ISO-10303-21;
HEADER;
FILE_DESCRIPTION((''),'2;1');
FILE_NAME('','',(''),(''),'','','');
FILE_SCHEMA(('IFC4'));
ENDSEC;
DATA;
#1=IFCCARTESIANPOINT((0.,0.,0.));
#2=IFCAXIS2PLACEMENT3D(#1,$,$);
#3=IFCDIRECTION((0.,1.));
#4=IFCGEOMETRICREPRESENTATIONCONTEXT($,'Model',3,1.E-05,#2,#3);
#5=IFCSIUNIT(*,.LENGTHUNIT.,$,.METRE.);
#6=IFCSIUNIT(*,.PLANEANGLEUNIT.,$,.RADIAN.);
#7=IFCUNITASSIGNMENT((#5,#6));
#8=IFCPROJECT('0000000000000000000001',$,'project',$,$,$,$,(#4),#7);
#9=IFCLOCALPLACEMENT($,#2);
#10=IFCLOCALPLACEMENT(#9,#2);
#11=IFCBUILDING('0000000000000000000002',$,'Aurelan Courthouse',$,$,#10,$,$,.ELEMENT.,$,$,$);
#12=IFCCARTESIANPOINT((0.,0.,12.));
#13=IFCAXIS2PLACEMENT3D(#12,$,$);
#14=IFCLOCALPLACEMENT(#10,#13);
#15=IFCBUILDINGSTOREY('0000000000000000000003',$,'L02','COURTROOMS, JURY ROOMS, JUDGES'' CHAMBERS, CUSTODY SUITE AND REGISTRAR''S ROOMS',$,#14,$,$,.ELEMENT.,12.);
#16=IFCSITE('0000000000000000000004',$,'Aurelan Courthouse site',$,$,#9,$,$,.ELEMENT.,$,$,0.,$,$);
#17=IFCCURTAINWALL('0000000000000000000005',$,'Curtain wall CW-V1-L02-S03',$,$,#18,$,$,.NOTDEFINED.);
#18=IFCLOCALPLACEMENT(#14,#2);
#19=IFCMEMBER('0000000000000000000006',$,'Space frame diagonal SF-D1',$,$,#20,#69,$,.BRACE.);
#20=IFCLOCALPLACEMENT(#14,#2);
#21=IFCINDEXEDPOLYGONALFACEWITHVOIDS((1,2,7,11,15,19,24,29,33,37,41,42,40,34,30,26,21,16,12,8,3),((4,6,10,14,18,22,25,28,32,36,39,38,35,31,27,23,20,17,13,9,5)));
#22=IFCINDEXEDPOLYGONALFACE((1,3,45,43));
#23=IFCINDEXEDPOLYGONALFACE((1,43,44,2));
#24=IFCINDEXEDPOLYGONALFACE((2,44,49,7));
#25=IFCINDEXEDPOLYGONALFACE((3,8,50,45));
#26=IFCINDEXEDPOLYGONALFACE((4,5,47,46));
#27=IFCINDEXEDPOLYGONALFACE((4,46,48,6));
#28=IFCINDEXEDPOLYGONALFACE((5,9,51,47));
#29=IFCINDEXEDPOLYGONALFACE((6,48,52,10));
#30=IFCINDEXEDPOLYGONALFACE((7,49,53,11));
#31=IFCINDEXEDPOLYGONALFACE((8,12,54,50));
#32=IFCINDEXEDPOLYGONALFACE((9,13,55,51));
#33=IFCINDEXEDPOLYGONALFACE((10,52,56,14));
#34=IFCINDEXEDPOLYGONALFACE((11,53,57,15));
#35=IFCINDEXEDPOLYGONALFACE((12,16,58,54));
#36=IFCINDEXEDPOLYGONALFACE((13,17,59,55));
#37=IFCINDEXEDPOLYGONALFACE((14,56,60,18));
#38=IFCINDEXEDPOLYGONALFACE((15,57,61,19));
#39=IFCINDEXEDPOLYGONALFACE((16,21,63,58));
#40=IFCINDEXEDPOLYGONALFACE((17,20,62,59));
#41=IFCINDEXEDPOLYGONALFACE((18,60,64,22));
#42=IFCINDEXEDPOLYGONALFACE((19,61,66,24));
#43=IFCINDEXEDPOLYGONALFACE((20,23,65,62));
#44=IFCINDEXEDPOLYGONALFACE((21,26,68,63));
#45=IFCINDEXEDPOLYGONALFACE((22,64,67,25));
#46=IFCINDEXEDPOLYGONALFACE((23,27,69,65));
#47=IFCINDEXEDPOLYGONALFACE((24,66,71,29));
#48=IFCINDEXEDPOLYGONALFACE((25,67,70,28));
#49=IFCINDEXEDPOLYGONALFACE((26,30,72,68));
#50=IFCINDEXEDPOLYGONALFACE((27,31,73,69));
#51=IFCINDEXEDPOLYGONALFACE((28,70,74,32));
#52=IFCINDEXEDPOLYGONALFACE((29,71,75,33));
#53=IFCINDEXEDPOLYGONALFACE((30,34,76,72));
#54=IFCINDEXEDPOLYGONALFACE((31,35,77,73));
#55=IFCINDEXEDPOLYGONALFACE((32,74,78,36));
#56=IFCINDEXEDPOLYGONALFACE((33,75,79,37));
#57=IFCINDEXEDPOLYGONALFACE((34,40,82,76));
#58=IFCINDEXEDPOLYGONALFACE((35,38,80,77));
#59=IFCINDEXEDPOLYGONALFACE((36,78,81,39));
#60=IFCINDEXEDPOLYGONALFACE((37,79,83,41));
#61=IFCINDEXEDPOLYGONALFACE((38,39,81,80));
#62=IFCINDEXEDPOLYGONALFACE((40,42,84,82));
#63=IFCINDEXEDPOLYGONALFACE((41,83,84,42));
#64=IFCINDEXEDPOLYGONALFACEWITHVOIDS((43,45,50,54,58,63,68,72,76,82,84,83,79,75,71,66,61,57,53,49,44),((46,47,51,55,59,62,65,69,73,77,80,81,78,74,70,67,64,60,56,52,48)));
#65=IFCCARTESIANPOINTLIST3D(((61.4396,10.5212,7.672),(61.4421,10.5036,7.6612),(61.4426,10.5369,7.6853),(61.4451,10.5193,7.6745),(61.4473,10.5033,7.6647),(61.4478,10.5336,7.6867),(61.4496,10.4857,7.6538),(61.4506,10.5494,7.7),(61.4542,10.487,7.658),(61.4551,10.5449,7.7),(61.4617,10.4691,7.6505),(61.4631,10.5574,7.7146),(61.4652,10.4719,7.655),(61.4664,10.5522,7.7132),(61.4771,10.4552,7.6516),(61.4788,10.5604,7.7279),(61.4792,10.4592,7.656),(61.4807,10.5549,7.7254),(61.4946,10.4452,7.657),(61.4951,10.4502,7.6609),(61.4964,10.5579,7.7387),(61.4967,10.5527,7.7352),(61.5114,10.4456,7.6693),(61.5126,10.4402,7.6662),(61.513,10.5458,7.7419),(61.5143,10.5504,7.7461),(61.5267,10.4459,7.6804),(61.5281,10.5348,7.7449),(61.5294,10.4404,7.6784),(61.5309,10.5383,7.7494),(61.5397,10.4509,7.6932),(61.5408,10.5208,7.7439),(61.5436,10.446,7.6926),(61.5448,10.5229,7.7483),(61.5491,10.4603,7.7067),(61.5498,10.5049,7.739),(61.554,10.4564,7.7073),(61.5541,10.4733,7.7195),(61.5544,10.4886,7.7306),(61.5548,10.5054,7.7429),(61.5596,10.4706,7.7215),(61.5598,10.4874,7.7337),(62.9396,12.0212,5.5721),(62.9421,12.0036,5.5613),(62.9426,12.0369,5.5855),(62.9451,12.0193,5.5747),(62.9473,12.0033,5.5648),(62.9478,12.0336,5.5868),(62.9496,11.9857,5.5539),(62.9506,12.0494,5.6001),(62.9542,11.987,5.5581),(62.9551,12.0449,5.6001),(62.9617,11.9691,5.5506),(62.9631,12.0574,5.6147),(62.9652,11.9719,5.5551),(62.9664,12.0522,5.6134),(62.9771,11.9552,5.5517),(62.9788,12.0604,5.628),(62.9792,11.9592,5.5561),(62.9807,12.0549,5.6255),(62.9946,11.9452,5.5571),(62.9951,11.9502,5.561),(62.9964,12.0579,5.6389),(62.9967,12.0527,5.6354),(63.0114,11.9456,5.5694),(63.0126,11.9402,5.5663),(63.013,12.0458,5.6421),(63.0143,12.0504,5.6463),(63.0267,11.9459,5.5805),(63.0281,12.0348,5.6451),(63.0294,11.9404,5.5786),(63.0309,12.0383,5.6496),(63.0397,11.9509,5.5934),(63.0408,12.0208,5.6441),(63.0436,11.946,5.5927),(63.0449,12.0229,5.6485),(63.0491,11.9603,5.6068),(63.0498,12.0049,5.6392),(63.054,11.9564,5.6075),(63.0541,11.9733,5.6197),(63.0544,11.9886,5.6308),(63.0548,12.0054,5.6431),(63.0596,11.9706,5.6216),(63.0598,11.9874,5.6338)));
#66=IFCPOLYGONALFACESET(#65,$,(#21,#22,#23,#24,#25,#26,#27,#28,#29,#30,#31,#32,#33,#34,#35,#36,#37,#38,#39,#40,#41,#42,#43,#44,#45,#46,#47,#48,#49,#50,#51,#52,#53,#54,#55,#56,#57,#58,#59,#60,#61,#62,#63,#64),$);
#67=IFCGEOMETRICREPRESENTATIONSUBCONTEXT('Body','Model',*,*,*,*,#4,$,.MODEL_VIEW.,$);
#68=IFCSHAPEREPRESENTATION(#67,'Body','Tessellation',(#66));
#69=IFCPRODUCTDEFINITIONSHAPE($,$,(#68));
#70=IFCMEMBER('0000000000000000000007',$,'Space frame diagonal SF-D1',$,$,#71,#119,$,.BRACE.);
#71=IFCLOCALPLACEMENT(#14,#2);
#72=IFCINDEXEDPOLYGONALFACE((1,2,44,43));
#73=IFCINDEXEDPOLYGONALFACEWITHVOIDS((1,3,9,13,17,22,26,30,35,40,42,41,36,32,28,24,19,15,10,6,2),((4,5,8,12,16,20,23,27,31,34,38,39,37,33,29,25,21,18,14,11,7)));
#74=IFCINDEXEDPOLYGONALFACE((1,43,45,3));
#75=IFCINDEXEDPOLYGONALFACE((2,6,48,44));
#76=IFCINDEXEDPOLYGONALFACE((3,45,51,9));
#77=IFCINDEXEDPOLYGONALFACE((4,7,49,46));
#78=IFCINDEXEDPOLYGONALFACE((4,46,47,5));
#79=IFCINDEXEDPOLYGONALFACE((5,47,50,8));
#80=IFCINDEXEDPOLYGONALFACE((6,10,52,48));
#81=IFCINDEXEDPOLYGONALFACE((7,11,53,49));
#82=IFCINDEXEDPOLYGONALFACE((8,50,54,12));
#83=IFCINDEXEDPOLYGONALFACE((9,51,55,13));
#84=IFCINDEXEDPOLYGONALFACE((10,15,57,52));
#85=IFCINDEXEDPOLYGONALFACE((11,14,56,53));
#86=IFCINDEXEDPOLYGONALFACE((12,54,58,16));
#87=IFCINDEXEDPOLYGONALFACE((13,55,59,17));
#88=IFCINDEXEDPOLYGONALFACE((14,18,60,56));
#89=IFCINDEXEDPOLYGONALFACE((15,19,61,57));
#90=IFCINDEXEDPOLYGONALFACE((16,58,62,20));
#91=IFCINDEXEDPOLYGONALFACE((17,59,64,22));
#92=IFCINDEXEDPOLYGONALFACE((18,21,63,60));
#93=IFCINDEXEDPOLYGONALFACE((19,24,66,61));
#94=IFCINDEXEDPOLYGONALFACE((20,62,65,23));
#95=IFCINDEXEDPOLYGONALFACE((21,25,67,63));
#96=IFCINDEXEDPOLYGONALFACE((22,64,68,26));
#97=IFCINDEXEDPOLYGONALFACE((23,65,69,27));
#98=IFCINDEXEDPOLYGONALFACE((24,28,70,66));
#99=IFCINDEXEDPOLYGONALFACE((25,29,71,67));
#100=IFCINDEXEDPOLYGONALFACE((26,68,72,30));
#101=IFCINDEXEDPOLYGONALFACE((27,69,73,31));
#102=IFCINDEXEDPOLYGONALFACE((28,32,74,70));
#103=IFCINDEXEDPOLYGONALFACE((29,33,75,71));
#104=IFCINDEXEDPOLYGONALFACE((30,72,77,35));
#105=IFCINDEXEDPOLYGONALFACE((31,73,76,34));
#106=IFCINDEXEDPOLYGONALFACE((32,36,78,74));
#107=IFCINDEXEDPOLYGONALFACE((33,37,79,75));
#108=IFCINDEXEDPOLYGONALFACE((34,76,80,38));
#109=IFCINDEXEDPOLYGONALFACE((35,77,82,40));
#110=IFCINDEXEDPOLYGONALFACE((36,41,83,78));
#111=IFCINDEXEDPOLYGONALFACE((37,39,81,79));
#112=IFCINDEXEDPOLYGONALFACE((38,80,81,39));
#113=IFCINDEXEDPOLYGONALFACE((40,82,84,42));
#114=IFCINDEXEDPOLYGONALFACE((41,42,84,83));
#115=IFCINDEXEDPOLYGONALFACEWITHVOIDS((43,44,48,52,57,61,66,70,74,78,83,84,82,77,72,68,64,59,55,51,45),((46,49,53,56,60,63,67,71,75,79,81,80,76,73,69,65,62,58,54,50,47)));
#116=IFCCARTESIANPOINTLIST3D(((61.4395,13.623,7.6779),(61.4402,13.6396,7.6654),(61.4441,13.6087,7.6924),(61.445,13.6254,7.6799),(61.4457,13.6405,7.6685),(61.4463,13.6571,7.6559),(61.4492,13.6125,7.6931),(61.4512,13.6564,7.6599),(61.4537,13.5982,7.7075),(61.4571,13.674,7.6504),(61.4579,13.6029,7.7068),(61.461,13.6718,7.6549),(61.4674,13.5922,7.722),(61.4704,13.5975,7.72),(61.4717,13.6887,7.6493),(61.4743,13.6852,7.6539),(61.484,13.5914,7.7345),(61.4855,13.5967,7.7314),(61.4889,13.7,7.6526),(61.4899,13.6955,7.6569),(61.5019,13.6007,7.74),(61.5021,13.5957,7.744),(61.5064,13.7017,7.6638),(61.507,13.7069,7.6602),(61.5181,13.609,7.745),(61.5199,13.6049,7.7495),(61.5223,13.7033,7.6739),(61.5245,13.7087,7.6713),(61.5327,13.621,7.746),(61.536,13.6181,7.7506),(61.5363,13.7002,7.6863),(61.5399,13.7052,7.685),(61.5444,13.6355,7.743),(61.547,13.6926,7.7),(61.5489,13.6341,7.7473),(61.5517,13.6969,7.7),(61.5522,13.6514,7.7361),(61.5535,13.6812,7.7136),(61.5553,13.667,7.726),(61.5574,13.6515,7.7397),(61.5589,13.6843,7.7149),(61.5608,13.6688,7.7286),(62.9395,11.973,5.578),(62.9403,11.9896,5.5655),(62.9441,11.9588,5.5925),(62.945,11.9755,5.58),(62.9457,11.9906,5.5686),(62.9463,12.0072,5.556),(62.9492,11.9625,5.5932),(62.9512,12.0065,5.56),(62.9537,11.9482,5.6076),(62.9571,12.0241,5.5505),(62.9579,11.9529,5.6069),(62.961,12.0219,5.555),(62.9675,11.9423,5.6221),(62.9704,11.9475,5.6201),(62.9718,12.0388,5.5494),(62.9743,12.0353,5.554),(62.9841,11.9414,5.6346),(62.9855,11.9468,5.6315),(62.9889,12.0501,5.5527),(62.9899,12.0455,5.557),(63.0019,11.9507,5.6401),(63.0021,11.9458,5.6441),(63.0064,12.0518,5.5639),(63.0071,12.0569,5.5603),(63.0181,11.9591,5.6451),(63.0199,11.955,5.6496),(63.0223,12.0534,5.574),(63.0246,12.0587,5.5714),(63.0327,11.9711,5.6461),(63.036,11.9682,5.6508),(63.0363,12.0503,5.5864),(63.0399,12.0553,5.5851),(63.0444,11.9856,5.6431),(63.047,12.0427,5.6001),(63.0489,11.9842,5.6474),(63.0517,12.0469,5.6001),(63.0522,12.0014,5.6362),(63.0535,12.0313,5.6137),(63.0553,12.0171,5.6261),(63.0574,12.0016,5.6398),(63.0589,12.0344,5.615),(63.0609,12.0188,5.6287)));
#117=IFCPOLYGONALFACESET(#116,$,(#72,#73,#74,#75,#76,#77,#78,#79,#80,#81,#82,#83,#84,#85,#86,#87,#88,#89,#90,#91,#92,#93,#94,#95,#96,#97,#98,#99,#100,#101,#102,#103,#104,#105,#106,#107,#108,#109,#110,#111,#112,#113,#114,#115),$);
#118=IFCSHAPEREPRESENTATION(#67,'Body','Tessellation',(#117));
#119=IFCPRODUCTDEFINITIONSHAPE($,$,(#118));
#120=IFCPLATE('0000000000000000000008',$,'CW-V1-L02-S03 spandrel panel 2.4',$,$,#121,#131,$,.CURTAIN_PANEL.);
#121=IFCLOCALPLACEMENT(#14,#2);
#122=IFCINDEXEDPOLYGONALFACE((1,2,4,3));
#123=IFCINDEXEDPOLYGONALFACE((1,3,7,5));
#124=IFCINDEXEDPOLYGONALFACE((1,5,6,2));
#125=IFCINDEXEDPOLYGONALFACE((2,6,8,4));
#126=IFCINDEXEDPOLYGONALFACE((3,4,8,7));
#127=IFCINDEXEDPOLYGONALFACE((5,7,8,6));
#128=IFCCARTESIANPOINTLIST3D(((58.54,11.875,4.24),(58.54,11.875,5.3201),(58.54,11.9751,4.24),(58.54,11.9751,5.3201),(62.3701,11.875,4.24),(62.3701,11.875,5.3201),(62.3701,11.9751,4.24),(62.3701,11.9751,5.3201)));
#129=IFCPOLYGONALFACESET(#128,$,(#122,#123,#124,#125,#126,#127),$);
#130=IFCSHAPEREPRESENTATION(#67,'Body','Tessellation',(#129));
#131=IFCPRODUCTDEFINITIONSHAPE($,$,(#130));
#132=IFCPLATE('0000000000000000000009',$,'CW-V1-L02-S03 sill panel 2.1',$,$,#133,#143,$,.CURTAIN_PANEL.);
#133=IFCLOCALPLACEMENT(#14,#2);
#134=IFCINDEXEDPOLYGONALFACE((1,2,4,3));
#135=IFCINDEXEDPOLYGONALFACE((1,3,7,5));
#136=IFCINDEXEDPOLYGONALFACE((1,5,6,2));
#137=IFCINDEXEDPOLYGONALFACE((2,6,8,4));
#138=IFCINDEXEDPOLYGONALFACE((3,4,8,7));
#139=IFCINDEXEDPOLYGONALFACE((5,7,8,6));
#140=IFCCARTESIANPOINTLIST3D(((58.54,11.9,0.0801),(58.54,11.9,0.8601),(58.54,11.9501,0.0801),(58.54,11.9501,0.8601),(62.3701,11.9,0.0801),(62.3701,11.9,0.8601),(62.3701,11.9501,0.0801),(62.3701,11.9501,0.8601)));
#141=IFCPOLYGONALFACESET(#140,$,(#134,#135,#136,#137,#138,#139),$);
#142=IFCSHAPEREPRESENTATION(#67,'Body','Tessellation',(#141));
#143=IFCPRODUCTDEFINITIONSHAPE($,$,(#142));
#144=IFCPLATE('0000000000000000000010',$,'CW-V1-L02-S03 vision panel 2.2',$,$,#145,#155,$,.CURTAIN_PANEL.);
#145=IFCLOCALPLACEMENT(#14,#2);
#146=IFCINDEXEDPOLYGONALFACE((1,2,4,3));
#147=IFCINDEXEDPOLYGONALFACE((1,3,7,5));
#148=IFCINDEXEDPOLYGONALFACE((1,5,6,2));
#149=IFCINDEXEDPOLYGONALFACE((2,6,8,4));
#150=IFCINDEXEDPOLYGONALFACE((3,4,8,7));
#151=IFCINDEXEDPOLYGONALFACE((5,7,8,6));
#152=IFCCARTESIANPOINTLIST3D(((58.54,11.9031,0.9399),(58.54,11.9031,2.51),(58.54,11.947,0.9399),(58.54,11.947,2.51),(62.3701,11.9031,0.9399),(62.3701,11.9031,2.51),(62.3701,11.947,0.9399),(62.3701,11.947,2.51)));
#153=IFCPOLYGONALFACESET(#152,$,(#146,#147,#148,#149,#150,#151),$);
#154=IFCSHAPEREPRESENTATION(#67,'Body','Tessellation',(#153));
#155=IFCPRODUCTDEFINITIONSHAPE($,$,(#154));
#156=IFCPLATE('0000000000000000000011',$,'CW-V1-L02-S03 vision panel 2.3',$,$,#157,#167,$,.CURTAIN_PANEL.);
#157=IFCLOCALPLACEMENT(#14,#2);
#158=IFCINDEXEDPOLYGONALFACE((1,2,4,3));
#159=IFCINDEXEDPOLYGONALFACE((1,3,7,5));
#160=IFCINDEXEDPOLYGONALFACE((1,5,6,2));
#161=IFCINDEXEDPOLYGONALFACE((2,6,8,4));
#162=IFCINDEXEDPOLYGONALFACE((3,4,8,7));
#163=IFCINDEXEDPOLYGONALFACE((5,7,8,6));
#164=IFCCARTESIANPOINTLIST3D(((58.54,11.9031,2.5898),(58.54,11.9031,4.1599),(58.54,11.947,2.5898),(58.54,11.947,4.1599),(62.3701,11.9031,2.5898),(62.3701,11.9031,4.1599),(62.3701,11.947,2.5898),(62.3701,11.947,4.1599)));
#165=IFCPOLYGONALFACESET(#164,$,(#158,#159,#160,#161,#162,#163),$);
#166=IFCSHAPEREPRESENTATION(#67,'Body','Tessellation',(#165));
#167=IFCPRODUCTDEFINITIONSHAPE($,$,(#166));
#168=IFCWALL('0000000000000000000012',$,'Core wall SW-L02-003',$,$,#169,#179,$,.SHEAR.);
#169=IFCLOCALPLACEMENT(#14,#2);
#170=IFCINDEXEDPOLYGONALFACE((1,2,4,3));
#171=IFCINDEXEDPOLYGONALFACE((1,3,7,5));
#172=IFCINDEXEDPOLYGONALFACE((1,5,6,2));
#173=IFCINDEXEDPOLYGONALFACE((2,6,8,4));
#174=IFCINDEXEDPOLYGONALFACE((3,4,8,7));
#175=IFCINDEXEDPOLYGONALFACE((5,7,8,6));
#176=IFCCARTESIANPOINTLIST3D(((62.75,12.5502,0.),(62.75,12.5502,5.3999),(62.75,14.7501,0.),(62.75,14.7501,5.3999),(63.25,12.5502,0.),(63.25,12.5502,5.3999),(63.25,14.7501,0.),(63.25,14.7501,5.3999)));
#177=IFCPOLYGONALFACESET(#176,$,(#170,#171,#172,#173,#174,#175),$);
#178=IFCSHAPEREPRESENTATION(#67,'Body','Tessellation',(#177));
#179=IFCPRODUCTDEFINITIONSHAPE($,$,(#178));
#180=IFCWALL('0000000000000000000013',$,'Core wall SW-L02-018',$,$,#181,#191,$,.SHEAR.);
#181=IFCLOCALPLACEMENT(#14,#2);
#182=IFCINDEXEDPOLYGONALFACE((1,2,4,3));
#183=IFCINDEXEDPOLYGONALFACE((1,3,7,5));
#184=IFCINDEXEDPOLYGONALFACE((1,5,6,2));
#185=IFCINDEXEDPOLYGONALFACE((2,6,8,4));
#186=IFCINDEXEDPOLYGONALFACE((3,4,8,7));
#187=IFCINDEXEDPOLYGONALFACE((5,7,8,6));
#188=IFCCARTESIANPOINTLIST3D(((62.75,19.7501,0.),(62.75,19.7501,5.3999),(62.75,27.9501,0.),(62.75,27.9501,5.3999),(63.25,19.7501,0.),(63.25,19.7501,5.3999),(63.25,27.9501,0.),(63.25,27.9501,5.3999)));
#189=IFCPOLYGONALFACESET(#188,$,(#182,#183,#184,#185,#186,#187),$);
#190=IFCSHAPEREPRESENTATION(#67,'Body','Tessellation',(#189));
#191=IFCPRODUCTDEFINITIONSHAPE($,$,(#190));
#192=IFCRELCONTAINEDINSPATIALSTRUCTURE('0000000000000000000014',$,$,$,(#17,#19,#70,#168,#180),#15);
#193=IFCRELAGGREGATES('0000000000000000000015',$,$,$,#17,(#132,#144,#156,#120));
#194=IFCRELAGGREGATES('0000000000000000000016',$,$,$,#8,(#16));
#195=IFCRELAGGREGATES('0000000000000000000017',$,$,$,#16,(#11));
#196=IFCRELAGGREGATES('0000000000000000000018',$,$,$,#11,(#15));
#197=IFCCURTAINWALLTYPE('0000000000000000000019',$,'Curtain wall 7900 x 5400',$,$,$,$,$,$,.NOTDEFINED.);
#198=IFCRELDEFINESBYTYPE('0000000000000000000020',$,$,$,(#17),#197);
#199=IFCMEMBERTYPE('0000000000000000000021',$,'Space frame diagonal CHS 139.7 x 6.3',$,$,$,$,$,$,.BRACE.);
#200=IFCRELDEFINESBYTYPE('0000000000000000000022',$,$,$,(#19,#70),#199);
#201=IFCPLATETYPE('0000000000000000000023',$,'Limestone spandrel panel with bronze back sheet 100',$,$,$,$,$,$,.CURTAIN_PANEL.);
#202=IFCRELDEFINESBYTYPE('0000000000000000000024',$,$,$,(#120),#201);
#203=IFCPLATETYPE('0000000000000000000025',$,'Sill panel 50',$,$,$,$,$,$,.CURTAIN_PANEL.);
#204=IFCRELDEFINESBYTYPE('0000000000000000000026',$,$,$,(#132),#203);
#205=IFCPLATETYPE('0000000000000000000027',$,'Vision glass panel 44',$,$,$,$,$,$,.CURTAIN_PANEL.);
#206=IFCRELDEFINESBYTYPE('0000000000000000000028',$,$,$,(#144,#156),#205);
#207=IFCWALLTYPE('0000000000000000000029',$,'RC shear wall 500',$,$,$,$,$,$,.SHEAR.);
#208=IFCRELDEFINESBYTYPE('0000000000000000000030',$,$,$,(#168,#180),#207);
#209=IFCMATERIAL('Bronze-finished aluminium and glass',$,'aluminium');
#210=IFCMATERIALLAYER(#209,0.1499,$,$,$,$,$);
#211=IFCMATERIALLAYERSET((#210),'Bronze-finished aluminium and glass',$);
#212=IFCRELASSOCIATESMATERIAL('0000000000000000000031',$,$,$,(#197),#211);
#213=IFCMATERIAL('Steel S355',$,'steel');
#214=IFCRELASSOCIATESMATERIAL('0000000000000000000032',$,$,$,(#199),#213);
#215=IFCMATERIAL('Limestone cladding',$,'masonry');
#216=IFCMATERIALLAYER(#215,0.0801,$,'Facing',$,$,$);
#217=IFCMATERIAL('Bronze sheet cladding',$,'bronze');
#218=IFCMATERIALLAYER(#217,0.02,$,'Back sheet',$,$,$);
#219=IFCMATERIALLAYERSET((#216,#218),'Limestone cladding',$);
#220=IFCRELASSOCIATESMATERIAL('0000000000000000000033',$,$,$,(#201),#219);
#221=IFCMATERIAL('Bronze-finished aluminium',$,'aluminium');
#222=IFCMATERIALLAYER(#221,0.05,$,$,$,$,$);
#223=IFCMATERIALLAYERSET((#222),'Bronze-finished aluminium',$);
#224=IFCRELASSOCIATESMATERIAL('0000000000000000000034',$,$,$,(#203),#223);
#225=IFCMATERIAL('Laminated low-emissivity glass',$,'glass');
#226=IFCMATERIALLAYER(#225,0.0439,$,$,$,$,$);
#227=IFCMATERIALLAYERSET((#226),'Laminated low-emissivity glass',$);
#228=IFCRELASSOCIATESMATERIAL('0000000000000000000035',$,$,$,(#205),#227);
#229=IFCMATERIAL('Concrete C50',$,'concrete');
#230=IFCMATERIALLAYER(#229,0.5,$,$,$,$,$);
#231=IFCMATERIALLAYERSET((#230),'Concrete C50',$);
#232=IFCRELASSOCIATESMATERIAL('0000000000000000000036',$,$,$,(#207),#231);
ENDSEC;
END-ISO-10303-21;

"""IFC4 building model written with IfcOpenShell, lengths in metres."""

from ifc_helpers import new_model, si_unit, direction, frame, frame_2d, origin, origin_2d, place, context, subcontext, project, spatial, rectangle, hollow_circle, extrude, material, layer, layer_set, material_profile, profile_set, type_object, element, aggregate, save


model = new_model("IFC4")

# Units and contexts
model_context = context("Model", 3, precision=1e-05, world=origin(), true_north=direction((0.0, 1.0)))
body_context = subcontext(model_context, "Body", "Model", "MODEL_VIEW")
ifc_project = project(units=[si_unit("LENGTHUNIT", "METRE"), si_unit("PLANEANGLEUNIT", "RADIAN")], contexts=[model_context])

# Site, building, storey
site_placement = place(None, origin())
site = spatial("IfcSite", under=ifc_project, at=site_placement, Name="Aurelan Courthouse site", CompositionType="ELEMENT", RefElevation=0.0)
building_placement = place(site_placement, origin())
building = spatial("IfcBuilding", under=site, at=building_placement, Name="Aurelan Courthouse", CompositionType="ELEMENT")
storey_placement = place(building_placement, frame((0.0, 0.0, 12.0)))
storey = spatial("IfcBuildingStorey", under=building, at=storey_placement, Name="L02", Description="COURTROOMS, JURY ROOMS, JUDGES' CHAMBERS, CUSTODY SUITE AND REGISTRAR'S ROOMS", CompositionType="ELEMENT", Elevation=12.0)

# Shared definitions
ifc_material_1 = material(Name="Concrete C50", Category="concrete")

# Shared definitions
ifc_material_2 = material(Name="Steel S355", Category="steel")

# Curtain wall
ifc_material_3 = material(Name="Bronze-finished aluminium and glass", Category="aluminium")
ifc_layer_1 = layer(ifc_material_3, 0.1499)
ifc_layer_set_1 = layer_set([ifc_layer_1], Name="Bronze-finished aluminium and glass")
curtain_wall_type = type_object("IfcCurtainWallType", Name="Curtain wall 7900 x 5400", PredefinedType="NOTDEFINED", material=ifc_layer_set_1)
curtain_wall_placement = place(storey_placement, origin())
curtain_wall = element("IfcCurtainWall", 1, at=curtain_wall_placement, inside=storey, type_object=curtain_wall_type, Name="Curtain wall CW-V1-L02-S03", PredefinedType="NOTDEFINED")
ifc_material_4 = material(Name="Bronze-finished aluminium", Category="aluminium")

# Members
ifc_material_profile_1 = material_profile(ifc_material_2, hollow_circle(Radius=0.0698, WallThickness=0.0063, at=origin_2d()), Name="CHS 139.7 x 6.3")
ifc_profile_set_1 = profile_set([ifc_material_profile_1], Name="Steel S355")
member_type_1 = type_object("IfcMemberType", Name="Space frame diagonal CHS 139.7 x 6.3", PredefinedType="BRACE", material=ifc_profile_set_1)
member_1_placement = place(storey_placement, frame((61.5, 10.5, 7.7), z_axis=(0.502536, 0.502536, -0.703502), x_axis=(-0.707107, 0.707107, 0.0)))
element("IfcMember", 2, at=member_1_placement, inside=storey, type_object=member_type_1, Name="Space frame diagonal SF-D1", PredefinedType="BRACE", context=body_context, shape_type="SweptSolid", body=[
    extrude(hollow_circle(Radius=0.0698, WallThickness=0.0063, at=origin_2d()), origin(), (0.0, 0.0, 1.0), 2.9849),
])
member_2_placement = place(storey_placement, frame((61.5, 13.6499, 7.7), z_axis=(0.489727, -0.538667, -0.685569), x_axis=(0.73992, 0.672695, 0.0)))
element("IfcMember", 3, at=member_2_placement, inside=storey, type_object=member_type_1, Name="Space frame diagonal SF-D1", PredefinedType="BRACE", context=body_context, shape_type="SweptSolid", body=[
    extrude(hollow_circle(Radius=0.0698, WallThickness=0.0063, at=origin_2d()), origin(), (0.0, 0.0, 1.0), 3.063),
])

# Plates
ifc_material_5 = material(Name="Limestone cladding", Category="masonry")
ifc_layer_2 = layer(ifc_material_5, 0.0801, Name="Facing")
ifc_material_6 = material(Name="Bronze sheet cladding", Category="bronze")
ifc_layer_3 = layer(ifc_material_6, 0.02, Name="Back sheet")
ifc_layer_set_2 = layer_set([ifc_layer_2, ifc_layer_3], Name="Limestone cladding")
plate_type_1 = type_object("IfcPlateType", Name="Limestone spandrel panel with bronze back sheet 100", PredefinedType="CURTAIN_PANEL", material=ifc_layer_set_2)
plate_1_placement = place(storey_placement, frame((60.4551, 11.925, 4.24), z_axis=(0.0, 0.0, 1.0), x_axis=(1.0, 0.0, 0.0)))
plate_1 = element("IfcPlate", 4, at=plate_1_placement, type_object=plate_type_1, Name="CW-V1-L02-S03 spandrel panel 2.4", PredefinedType="CURTAIN_PANEL", context=body_context, shape_type="SweptSolid", body=[
    extrude(rectangle(XDim=3.8301, YDim=0.1001, at=origin_2d()), origin(), (0.0, 0.0, 1.0), 1.0801),
])
ifc_layer_4 = layer(ifc_material_4, 0.05)
ifc_layer_set_3 = layer_set([ifc_layer_4], Name="Bronze-finished aluminium")
plate_type_2 = type_object("IfcPlateType", Name="Sill panel 50", PredefinedType="CURTAIN_PANEL", material=ifc_layer_set_3)
plate_2_placement = place(storey_placement, frame((60.4551, 11.925, 0.0801), z_axis=(0.0, 0.0, 1.0), x_axis=(1.0, 0.0, 0.0)))
plate_2 = element("IfcPlate", 5, at=plate_2_placement, type_object=plate_type_2, Name="CW-V1-L02-S03 sill panel 2.1", PredefinedType="CURTAIN_PANEL", context=body_context, shape_type="SweptSolid", body=[
    extrude(rectangle(XDim=3.8301, YDim=0.05, at=origin_2d()), origin(), (0.0, 0.0, 1.0), 0.78),
])
ifc_material_7 = material(Name="Laminated low-emissivity glass", Category="glass")
ifc_layer_5 = layer(ifc_material_7, 0.0439)
ifc_layer_set_4 = layer_set([ifc_layer_5], Name="Laminated low-emissivity glass")
plate_type_3 = type_object("IfcPlateType", Name="Vision glass panel 44", PredefinedType="CURTAIN_PANEL", material=ifc_layer_set_4)
plate_3_placement = place(storey_placement, frame((60.4551, 11.925, 0.9399), z_axis=(0.0, 0.0, 1.0), x_axis=(1.0, 0.0, 0.0)))
plate_3 = element("IfcPlate", 6, at=plate_3_placement, type_object=plate_type_3, Name="CW-V1-L02-S03 vision panel 2.2", PredefinedType="CURTAIN_PANEL", context=body_context, shape_type="SweptSolid", body=[
    extrude(rectangle(XDim=3.8301, YDim=0.0439, at=origin_2d()), origin(), (0.0, 0.0, 1.0), 1.5701),
])
plate_4_placement = place(storey_placement, frame((60.4551, 11.925, 2.5898), z_axis=(0.0, 0.0, 1.0), x_axis=(1.0, 0.0, 0.0)))
plate_4 = element("IfcPlate", 7, at=plate_4_placement, type_object=plate_type_3, Name="CW-V1-L02-S03 vision panel 2.3", PredefinedType="CURTAIN_PANEL", context=body_context, shape_type="SweptSolid", body=[
    extrude(rectangle(XDim=3.8301, YDim=0.0439, at=origin_2d()), origin(), (0.0, 0.0, 1.0), 1.5701),
])
aggregate(curtain_wall, [plate_2, plate_3, plate_4, plate_1])

# Walls
ifc_layer_6 = layer(ifc_material_1, 0.5)
ifc_layer_set_5 = layer_set([ifc_layer_6], Name="Concrete C50")
wall_type_1 = type_object("IfcWallType", Name="RC shear wall 500", PredefinedType="SHEAR", material=ifc_layer_set_5)
wall_1_placement = place(storey_placement, frame((63.0, 12.55, 0.0), z_axis=(0.0, 0.0, 1.0), x_axis=(0.0, 1.0, 0.0)))
element("IfcWall", 8, at=wall_1_placement, inside=storey, type_object=wall_type_1, Name="Core wall SW-L02-003", PredefinedType="SHEAR", context=body_context, shape_type="SweptSolid", body=[
    extrude(rectangle(XDim=2.2, YDim=0.5, at=frame_2d((1.1001, 0.0))), origin(), (0.0, 0.0, 1.0), 5.3999),
])
wall_2_placement = place(storey_placement, frame((63.0, 19.75, 0.0), z_axis=(0.0, 0.0, 1.0), x_axis=(0.0, 1.0, 0.0)))
element("IfcWall", 9, at=wall_2_placement, inside=storey, type_object=wall_type_1, Name="Core wall SW-L02-018", PredefinedType="SHEAR", context=body_context, shape_type="SweptSolid", body=[
    extrude(rectangle(XDim=8.2, YDim=0.5, at=frame_2d((4.1001, 0.0))), origin(), (0.0, 0.0, 1.0), 5.3999),
])

save(model, "model.ifc")
